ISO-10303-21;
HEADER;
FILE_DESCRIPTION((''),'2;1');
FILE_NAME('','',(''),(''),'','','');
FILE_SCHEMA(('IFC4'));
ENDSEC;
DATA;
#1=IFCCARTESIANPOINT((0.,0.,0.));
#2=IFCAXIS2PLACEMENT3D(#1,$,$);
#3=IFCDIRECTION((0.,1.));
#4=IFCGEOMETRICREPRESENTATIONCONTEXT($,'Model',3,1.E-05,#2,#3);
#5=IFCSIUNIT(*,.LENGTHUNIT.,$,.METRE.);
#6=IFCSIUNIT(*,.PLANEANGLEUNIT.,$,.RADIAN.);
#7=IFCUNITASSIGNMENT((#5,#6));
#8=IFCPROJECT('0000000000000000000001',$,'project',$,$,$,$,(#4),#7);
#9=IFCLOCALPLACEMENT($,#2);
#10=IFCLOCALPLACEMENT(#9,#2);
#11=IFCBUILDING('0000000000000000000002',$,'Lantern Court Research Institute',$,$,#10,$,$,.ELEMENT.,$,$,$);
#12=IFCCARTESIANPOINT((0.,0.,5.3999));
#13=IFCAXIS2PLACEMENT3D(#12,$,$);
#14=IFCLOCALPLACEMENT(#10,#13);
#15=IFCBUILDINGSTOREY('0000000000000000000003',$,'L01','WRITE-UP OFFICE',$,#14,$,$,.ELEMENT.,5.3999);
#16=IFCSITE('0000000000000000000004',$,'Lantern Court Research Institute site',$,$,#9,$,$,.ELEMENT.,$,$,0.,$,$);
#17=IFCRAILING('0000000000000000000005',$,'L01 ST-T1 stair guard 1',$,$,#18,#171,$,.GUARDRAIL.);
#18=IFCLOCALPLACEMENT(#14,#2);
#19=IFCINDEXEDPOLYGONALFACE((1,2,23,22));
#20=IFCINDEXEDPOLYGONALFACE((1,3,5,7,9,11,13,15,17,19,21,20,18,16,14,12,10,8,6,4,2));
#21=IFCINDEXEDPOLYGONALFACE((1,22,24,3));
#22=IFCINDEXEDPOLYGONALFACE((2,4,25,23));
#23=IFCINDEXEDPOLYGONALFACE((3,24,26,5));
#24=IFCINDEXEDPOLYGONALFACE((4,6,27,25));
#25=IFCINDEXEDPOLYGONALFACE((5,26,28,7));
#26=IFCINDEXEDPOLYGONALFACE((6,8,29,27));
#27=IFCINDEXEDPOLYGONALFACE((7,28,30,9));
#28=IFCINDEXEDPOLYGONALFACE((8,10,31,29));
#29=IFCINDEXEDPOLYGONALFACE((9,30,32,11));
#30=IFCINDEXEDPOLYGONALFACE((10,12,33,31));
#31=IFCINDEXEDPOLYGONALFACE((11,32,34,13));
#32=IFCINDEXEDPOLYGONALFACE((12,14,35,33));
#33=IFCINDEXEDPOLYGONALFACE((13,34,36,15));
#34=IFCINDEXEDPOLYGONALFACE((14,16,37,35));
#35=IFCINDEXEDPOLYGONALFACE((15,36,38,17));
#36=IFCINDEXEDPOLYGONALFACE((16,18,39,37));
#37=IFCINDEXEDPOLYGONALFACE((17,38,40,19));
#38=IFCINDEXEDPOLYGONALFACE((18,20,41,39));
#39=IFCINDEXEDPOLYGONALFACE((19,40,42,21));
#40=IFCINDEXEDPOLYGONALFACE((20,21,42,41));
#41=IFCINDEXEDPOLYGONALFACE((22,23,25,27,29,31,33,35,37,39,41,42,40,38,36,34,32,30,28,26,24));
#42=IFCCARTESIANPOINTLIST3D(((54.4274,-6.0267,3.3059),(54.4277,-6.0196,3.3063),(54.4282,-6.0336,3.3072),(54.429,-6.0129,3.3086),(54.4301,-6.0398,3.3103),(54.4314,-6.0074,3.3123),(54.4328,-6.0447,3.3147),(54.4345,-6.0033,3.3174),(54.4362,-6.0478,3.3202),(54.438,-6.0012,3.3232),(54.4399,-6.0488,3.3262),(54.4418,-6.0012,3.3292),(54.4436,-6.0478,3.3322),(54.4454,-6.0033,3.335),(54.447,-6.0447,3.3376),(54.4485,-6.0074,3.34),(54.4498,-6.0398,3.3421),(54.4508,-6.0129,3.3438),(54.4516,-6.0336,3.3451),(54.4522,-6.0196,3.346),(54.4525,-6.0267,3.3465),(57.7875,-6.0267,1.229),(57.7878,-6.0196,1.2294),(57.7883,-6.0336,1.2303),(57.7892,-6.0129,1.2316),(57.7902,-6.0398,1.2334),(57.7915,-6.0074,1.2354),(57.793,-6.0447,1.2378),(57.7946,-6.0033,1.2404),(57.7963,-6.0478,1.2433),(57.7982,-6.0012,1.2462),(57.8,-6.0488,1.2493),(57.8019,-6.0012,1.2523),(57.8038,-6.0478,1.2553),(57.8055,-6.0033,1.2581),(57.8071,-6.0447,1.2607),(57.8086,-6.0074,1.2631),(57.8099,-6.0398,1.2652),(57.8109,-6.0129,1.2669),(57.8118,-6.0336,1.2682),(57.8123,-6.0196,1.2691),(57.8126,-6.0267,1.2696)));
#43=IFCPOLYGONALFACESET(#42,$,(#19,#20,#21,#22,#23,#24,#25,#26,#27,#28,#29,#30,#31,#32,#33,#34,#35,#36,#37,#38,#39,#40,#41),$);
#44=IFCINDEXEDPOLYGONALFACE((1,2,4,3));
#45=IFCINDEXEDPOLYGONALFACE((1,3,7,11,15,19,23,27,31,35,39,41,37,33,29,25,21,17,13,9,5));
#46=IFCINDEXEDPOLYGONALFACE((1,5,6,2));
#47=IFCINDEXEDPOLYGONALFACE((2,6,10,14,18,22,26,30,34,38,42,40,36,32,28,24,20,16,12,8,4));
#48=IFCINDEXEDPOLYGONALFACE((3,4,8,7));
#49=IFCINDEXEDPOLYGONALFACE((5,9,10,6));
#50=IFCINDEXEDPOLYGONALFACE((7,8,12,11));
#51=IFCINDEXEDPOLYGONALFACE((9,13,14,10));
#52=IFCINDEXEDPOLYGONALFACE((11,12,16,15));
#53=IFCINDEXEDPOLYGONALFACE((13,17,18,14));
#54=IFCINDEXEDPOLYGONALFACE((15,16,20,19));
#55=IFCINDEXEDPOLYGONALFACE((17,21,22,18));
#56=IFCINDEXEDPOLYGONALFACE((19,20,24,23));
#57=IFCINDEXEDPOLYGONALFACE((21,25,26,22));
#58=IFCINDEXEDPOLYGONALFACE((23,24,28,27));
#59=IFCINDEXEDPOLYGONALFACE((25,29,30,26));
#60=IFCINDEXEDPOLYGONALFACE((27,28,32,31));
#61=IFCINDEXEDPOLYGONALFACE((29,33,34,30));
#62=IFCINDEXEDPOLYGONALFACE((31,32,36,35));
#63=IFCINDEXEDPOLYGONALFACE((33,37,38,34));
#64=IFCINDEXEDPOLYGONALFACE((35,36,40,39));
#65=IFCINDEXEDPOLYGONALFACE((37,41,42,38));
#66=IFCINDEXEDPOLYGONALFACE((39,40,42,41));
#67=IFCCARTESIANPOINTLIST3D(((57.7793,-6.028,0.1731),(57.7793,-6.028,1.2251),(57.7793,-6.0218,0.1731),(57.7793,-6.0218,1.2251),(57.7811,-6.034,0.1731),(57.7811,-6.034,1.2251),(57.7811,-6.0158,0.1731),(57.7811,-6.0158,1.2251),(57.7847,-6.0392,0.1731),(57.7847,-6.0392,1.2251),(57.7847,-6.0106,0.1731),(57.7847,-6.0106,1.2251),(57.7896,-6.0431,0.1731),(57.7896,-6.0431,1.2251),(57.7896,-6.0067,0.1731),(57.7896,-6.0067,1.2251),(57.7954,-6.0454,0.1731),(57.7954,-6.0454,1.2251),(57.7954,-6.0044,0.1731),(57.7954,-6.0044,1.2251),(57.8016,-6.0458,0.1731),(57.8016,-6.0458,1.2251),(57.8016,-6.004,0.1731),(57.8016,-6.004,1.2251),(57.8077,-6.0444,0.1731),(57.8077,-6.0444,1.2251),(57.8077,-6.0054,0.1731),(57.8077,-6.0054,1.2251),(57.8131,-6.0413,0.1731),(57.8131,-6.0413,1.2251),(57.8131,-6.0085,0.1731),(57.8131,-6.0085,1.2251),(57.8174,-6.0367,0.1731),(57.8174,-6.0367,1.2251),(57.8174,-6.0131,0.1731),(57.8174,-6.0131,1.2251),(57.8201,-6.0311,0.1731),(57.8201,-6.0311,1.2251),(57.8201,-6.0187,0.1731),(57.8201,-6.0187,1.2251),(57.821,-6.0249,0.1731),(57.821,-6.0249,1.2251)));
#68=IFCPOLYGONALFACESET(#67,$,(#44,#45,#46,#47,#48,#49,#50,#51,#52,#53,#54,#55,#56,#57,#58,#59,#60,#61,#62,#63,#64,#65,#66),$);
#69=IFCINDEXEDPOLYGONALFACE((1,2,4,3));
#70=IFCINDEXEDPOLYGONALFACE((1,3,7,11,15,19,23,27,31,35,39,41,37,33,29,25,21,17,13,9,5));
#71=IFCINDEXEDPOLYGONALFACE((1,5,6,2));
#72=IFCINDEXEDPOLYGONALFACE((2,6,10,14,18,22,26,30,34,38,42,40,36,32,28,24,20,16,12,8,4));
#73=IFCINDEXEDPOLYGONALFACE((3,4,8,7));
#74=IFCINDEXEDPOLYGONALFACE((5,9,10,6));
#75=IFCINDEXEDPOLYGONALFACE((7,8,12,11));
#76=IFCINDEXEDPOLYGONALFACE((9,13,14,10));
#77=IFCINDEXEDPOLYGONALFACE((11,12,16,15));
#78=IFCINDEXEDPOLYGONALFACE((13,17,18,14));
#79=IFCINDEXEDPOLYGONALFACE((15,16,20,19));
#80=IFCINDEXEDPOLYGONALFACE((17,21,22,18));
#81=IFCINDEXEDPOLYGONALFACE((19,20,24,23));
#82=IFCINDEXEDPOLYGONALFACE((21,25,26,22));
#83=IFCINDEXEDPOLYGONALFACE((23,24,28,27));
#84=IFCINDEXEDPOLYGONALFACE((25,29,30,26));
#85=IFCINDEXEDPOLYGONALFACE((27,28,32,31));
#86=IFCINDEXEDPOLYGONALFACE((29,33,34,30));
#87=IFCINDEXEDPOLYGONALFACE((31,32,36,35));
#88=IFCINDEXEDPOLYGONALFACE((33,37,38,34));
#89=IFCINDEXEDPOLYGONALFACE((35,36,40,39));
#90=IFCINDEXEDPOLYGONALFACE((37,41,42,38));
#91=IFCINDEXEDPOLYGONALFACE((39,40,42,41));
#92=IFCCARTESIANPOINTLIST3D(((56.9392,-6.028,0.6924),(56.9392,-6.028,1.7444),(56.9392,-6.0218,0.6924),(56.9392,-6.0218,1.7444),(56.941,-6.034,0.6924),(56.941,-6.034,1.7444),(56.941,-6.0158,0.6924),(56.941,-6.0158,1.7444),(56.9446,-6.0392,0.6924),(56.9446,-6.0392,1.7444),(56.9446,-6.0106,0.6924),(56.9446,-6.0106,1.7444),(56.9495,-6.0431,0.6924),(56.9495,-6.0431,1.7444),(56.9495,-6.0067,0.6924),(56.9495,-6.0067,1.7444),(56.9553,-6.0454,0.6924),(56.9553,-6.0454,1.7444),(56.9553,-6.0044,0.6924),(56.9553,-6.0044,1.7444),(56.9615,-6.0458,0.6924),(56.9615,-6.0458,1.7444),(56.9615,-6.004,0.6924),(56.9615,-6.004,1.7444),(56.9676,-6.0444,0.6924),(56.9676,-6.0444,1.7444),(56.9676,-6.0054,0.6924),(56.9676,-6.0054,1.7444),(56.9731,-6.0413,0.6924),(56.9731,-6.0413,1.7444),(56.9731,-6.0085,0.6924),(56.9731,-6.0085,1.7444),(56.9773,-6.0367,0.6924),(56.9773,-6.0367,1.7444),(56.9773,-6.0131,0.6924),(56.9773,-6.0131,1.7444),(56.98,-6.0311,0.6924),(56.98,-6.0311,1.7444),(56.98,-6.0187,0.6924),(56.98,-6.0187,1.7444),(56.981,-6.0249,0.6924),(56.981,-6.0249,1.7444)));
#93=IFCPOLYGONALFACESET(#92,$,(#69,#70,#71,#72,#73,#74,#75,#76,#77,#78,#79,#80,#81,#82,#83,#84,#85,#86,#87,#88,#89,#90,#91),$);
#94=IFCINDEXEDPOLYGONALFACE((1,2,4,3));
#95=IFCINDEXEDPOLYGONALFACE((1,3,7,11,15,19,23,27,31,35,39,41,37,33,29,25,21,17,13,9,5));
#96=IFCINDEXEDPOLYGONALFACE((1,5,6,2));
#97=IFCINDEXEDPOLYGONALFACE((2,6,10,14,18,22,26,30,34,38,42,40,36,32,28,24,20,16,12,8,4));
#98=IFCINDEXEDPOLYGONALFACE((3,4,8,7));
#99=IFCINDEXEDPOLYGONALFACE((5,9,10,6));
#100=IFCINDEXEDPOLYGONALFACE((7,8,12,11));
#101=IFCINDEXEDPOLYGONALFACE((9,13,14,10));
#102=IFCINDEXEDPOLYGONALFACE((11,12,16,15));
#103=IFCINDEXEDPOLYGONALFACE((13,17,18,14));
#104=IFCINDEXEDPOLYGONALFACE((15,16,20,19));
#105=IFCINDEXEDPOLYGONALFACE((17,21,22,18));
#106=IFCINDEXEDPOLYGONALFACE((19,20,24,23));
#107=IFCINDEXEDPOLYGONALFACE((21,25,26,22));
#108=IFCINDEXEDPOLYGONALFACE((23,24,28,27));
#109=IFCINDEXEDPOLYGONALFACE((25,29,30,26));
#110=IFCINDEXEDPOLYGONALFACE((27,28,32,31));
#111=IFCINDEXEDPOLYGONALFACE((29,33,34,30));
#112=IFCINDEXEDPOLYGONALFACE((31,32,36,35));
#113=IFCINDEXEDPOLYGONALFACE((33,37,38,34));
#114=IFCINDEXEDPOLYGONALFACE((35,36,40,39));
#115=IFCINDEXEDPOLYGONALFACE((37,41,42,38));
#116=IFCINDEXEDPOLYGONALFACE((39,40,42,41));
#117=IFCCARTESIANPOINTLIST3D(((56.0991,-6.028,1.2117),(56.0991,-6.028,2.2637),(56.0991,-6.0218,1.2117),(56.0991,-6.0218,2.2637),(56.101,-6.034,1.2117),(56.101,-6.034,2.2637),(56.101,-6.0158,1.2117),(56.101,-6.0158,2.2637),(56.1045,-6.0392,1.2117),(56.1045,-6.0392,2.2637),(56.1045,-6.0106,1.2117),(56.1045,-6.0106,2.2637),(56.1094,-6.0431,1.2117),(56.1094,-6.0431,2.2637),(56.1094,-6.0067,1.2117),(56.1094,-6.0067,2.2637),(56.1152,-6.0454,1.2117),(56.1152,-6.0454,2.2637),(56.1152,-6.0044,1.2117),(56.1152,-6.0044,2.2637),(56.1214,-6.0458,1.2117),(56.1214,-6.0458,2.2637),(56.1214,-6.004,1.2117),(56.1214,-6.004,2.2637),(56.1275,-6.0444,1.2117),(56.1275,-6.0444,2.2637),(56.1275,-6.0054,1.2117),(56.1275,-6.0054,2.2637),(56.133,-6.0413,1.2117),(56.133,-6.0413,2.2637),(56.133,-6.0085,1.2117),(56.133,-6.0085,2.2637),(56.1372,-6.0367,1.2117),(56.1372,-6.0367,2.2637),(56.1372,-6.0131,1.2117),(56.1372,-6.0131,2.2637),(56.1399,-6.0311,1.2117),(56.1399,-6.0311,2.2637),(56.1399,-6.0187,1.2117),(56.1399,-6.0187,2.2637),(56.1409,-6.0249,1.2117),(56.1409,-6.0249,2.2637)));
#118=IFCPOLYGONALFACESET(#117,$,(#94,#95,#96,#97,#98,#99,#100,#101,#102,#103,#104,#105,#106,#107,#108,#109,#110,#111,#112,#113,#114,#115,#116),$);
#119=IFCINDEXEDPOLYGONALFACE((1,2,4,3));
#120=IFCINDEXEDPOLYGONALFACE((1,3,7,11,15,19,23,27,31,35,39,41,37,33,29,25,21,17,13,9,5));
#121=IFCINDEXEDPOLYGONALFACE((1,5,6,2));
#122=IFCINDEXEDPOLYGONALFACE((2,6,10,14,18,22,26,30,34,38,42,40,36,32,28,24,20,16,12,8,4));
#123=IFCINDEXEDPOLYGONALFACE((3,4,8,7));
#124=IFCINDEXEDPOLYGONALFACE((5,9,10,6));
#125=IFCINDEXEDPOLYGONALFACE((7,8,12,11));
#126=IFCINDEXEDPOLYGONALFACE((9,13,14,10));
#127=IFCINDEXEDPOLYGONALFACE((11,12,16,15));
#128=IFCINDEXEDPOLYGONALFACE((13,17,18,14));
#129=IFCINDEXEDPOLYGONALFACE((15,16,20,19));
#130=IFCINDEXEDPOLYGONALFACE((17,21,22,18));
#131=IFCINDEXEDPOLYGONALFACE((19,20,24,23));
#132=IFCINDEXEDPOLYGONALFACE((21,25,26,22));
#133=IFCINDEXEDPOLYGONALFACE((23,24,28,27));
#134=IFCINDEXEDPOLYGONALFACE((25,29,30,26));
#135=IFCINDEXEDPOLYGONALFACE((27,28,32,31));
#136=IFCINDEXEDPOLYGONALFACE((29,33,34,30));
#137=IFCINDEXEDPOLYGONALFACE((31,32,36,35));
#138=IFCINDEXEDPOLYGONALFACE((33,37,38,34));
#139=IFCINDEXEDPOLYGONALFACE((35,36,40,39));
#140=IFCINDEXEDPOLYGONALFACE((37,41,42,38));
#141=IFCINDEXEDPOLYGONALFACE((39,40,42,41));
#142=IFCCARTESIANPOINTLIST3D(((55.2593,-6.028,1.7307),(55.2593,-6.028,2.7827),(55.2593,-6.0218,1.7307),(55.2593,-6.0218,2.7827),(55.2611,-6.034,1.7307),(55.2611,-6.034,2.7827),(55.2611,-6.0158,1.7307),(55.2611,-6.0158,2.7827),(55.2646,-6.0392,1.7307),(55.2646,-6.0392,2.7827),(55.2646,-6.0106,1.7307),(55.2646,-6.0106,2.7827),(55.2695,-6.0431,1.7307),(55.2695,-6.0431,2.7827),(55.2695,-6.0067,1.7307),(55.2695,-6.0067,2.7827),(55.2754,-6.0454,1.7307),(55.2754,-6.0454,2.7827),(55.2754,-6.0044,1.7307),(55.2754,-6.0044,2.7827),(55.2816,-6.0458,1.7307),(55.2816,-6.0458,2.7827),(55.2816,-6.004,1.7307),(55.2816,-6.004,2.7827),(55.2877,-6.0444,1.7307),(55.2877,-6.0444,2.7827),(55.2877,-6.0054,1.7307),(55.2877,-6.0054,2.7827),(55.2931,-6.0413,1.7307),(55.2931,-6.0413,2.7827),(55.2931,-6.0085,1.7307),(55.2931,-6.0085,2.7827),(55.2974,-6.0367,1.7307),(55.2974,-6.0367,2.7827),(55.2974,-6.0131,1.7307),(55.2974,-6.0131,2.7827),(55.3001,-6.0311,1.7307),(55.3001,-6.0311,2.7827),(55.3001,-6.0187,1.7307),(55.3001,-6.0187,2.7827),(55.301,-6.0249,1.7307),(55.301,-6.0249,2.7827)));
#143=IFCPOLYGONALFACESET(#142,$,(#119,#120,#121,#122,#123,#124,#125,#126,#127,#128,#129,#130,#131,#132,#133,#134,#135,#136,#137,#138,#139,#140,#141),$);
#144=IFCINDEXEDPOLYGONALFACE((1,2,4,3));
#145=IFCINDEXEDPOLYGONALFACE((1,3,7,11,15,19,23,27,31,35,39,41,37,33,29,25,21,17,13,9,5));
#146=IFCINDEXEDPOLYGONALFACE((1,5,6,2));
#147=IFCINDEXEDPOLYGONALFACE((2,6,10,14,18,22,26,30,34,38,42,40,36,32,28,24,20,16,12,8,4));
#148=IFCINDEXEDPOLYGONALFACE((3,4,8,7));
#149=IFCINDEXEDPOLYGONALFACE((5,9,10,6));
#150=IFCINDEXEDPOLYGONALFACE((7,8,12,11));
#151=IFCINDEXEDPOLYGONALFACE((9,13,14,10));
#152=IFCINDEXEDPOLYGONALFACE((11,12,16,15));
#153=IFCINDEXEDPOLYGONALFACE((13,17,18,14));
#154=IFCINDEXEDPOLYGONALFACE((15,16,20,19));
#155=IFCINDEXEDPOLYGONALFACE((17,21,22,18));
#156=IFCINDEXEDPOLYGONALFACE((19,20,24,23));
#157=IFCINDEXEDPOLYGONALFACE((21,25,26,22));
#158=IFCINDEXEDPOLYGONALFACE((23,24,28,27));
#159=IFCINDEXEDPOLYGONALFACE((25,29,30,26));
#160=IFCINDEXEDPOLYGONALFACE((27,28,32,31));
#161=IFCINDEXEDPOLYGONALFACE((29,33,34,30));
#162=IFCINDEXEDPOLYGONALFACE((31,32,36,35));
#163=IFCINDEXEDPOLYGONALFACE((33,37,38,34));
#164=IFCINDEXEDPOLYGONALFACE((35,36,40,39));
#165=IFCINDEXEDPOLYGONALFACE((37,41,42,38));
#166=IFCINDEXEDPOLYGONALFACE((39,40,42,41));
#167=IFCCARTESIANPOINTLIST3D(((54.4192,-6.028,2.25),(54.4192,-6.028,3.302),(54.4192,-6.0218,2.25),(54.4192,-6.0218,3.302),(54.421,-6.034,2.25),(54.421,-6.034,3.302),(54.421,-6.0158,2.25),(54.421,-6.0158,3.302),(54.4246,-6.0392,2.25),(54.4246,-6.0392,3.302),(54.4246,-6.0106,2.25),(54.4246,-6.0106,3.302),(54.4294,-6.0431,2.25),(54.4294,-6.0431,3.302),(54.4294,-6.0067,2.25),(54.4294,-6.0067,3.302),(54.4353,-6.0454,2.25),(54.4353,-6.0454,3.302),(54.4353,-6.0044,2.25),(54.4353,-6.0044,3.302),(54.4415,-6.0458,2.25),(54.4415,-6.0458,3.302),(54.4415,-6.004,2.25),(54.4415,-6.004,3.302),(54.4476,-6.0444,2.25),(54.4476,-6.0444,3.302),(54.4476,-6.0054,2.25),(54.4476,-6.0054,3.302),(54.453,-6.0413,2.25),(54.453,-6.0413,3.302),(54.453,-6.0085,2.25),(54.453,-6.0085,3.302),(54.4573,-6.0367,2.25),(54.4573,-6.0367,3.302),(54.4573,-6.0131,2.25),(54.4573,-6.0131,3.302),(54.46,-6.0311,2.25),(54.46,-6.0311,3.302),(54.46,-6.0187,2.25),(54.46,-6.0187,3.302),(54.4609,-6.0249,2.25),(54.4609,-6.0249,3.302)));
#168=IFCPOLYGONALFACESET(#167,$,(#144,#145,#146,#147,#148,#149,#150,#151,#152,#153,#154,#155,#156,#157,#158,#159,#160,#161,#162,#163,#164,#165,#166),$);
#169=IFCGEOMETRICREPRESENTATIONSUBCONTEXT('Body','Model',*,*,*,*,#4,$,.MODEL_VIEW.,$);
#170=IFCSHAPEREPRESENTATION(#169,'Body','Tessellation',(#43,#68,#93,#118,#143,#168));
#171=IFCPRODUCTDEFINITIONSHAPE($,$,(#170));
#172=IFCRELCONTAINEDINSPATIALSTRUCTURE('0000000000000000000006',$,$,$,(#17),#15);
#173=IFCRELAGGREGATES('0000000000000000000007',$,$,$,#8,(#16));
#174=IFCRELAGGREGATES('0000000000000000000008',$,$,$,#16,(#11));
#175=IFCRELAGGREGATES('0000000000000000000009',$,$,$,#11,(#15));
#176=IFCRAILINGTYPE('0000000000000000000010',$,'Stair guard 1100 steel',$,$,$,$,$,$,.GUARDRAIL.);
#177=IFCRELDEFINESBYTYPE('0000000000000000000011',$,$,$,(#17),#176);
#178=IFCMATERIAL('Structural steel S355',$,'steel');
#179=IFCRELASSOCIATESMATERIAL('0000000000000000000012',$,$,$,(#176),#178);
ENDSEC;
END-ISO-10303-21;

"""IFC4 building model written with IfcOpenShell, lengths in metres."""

from ifc_helpers import new_model, si_unit, direction, frame, origin, origin_2d, place, context, subcontext, project, spatial, circle, extrude, material, type_object, element, save


model = new_model("IFC4")

# Units and contexts
model_context = context("Model", 3, precision=1e-05, world=origin(), true_north=direction((0.0, 1.0)))
body_context = subcontext(model_context, "Body", "Model", "MODEL_VIEW")
ifc_project = project(units=[si_unit("LENGTHUNIT", "METRE"), si_unit("PLANEANGLEUNIT", "RADIAN")], contexts=[model_context])

# Site, building, storey
site_placement = place(None, origin())
site = spatial("IfcSite", under=ifc_project, at=site_placement, Name="Lantern Court Research Institute site", CompositionType="ELEMENT", RefElevation=0.0)
building_placement = place(site_placement, origin())
building = spatial("IfcBuilding", under=site, at=building_placement, Name="Lantern Court Research Institute", CompositionType="ELEMENT")
storey_placement = place(building_placement, frame((0.0, 0.0, 5.3999)))
storey = spatial("IfcBuildingStorey", under=building, at=storey_placement, Name="L01", Description="WRITE-UP OFFICE", CompositionType="ELEMENT", Elevation=5.3999)

# Railing
ifc_material_1 = material(Name="Structural steel S355", Category="steel")
railing_type_1 = type_object("IfcRailingType", Name="Stair guard 1100 steel", PredefinedType="GUARDRAIL", material=ifc_material_1)
railing_1_placement = place(storey_placement, frame((57.8, -6.0249, 0.1731)))
element("IfcRailing", 1, at=railing_1_placement, inside=storey, type_object=railing_type_1, Name="L01 ST-T1 stair guard 1", PredefinedType="GUARDRAIL", context=body_context, shape_type="SweptSolid", body=[
    extrude(circle(Radius=0.0239, at=origin_2d()), frame((0.0, 0.0, 1.0762), z_axis=(-0.850623, 0.0, 0.525776), x_axis=(0.0, -1.0, 0.0)), (0.0, 0.0, 1.0), 3.9502),
    extrude(circle(Radius=0.021, at=origin_2d()), origin(), (0.0, 0.0, 1.0), 1.052),
    extrude(circle(Radius=0.021, at=origin_2d()), frame((-0.8401, 0.0, 0.5193)), (0.0, 0.0, 1.0), 1.052),
    extrude(circle(Radius=0.021, at=origin_2d()), frame((-1.6802, 0.0, 1.0386)), (0.0, 0.0, 1.0), 1.052),
    extrude(circle(Radius=0.021, at=origin_2d()), frame((-2.52, 0.0, 1.5576)), (0.0, 0.0, 1.0), 1.052),
    extrude(circle(Radius=0.021, at=origin_2d()), frame((-3.3601, 0.0, 2.0769)), (0.0, 0.0, 1.0), 1.052),
])

save(model, "model.ifc")
